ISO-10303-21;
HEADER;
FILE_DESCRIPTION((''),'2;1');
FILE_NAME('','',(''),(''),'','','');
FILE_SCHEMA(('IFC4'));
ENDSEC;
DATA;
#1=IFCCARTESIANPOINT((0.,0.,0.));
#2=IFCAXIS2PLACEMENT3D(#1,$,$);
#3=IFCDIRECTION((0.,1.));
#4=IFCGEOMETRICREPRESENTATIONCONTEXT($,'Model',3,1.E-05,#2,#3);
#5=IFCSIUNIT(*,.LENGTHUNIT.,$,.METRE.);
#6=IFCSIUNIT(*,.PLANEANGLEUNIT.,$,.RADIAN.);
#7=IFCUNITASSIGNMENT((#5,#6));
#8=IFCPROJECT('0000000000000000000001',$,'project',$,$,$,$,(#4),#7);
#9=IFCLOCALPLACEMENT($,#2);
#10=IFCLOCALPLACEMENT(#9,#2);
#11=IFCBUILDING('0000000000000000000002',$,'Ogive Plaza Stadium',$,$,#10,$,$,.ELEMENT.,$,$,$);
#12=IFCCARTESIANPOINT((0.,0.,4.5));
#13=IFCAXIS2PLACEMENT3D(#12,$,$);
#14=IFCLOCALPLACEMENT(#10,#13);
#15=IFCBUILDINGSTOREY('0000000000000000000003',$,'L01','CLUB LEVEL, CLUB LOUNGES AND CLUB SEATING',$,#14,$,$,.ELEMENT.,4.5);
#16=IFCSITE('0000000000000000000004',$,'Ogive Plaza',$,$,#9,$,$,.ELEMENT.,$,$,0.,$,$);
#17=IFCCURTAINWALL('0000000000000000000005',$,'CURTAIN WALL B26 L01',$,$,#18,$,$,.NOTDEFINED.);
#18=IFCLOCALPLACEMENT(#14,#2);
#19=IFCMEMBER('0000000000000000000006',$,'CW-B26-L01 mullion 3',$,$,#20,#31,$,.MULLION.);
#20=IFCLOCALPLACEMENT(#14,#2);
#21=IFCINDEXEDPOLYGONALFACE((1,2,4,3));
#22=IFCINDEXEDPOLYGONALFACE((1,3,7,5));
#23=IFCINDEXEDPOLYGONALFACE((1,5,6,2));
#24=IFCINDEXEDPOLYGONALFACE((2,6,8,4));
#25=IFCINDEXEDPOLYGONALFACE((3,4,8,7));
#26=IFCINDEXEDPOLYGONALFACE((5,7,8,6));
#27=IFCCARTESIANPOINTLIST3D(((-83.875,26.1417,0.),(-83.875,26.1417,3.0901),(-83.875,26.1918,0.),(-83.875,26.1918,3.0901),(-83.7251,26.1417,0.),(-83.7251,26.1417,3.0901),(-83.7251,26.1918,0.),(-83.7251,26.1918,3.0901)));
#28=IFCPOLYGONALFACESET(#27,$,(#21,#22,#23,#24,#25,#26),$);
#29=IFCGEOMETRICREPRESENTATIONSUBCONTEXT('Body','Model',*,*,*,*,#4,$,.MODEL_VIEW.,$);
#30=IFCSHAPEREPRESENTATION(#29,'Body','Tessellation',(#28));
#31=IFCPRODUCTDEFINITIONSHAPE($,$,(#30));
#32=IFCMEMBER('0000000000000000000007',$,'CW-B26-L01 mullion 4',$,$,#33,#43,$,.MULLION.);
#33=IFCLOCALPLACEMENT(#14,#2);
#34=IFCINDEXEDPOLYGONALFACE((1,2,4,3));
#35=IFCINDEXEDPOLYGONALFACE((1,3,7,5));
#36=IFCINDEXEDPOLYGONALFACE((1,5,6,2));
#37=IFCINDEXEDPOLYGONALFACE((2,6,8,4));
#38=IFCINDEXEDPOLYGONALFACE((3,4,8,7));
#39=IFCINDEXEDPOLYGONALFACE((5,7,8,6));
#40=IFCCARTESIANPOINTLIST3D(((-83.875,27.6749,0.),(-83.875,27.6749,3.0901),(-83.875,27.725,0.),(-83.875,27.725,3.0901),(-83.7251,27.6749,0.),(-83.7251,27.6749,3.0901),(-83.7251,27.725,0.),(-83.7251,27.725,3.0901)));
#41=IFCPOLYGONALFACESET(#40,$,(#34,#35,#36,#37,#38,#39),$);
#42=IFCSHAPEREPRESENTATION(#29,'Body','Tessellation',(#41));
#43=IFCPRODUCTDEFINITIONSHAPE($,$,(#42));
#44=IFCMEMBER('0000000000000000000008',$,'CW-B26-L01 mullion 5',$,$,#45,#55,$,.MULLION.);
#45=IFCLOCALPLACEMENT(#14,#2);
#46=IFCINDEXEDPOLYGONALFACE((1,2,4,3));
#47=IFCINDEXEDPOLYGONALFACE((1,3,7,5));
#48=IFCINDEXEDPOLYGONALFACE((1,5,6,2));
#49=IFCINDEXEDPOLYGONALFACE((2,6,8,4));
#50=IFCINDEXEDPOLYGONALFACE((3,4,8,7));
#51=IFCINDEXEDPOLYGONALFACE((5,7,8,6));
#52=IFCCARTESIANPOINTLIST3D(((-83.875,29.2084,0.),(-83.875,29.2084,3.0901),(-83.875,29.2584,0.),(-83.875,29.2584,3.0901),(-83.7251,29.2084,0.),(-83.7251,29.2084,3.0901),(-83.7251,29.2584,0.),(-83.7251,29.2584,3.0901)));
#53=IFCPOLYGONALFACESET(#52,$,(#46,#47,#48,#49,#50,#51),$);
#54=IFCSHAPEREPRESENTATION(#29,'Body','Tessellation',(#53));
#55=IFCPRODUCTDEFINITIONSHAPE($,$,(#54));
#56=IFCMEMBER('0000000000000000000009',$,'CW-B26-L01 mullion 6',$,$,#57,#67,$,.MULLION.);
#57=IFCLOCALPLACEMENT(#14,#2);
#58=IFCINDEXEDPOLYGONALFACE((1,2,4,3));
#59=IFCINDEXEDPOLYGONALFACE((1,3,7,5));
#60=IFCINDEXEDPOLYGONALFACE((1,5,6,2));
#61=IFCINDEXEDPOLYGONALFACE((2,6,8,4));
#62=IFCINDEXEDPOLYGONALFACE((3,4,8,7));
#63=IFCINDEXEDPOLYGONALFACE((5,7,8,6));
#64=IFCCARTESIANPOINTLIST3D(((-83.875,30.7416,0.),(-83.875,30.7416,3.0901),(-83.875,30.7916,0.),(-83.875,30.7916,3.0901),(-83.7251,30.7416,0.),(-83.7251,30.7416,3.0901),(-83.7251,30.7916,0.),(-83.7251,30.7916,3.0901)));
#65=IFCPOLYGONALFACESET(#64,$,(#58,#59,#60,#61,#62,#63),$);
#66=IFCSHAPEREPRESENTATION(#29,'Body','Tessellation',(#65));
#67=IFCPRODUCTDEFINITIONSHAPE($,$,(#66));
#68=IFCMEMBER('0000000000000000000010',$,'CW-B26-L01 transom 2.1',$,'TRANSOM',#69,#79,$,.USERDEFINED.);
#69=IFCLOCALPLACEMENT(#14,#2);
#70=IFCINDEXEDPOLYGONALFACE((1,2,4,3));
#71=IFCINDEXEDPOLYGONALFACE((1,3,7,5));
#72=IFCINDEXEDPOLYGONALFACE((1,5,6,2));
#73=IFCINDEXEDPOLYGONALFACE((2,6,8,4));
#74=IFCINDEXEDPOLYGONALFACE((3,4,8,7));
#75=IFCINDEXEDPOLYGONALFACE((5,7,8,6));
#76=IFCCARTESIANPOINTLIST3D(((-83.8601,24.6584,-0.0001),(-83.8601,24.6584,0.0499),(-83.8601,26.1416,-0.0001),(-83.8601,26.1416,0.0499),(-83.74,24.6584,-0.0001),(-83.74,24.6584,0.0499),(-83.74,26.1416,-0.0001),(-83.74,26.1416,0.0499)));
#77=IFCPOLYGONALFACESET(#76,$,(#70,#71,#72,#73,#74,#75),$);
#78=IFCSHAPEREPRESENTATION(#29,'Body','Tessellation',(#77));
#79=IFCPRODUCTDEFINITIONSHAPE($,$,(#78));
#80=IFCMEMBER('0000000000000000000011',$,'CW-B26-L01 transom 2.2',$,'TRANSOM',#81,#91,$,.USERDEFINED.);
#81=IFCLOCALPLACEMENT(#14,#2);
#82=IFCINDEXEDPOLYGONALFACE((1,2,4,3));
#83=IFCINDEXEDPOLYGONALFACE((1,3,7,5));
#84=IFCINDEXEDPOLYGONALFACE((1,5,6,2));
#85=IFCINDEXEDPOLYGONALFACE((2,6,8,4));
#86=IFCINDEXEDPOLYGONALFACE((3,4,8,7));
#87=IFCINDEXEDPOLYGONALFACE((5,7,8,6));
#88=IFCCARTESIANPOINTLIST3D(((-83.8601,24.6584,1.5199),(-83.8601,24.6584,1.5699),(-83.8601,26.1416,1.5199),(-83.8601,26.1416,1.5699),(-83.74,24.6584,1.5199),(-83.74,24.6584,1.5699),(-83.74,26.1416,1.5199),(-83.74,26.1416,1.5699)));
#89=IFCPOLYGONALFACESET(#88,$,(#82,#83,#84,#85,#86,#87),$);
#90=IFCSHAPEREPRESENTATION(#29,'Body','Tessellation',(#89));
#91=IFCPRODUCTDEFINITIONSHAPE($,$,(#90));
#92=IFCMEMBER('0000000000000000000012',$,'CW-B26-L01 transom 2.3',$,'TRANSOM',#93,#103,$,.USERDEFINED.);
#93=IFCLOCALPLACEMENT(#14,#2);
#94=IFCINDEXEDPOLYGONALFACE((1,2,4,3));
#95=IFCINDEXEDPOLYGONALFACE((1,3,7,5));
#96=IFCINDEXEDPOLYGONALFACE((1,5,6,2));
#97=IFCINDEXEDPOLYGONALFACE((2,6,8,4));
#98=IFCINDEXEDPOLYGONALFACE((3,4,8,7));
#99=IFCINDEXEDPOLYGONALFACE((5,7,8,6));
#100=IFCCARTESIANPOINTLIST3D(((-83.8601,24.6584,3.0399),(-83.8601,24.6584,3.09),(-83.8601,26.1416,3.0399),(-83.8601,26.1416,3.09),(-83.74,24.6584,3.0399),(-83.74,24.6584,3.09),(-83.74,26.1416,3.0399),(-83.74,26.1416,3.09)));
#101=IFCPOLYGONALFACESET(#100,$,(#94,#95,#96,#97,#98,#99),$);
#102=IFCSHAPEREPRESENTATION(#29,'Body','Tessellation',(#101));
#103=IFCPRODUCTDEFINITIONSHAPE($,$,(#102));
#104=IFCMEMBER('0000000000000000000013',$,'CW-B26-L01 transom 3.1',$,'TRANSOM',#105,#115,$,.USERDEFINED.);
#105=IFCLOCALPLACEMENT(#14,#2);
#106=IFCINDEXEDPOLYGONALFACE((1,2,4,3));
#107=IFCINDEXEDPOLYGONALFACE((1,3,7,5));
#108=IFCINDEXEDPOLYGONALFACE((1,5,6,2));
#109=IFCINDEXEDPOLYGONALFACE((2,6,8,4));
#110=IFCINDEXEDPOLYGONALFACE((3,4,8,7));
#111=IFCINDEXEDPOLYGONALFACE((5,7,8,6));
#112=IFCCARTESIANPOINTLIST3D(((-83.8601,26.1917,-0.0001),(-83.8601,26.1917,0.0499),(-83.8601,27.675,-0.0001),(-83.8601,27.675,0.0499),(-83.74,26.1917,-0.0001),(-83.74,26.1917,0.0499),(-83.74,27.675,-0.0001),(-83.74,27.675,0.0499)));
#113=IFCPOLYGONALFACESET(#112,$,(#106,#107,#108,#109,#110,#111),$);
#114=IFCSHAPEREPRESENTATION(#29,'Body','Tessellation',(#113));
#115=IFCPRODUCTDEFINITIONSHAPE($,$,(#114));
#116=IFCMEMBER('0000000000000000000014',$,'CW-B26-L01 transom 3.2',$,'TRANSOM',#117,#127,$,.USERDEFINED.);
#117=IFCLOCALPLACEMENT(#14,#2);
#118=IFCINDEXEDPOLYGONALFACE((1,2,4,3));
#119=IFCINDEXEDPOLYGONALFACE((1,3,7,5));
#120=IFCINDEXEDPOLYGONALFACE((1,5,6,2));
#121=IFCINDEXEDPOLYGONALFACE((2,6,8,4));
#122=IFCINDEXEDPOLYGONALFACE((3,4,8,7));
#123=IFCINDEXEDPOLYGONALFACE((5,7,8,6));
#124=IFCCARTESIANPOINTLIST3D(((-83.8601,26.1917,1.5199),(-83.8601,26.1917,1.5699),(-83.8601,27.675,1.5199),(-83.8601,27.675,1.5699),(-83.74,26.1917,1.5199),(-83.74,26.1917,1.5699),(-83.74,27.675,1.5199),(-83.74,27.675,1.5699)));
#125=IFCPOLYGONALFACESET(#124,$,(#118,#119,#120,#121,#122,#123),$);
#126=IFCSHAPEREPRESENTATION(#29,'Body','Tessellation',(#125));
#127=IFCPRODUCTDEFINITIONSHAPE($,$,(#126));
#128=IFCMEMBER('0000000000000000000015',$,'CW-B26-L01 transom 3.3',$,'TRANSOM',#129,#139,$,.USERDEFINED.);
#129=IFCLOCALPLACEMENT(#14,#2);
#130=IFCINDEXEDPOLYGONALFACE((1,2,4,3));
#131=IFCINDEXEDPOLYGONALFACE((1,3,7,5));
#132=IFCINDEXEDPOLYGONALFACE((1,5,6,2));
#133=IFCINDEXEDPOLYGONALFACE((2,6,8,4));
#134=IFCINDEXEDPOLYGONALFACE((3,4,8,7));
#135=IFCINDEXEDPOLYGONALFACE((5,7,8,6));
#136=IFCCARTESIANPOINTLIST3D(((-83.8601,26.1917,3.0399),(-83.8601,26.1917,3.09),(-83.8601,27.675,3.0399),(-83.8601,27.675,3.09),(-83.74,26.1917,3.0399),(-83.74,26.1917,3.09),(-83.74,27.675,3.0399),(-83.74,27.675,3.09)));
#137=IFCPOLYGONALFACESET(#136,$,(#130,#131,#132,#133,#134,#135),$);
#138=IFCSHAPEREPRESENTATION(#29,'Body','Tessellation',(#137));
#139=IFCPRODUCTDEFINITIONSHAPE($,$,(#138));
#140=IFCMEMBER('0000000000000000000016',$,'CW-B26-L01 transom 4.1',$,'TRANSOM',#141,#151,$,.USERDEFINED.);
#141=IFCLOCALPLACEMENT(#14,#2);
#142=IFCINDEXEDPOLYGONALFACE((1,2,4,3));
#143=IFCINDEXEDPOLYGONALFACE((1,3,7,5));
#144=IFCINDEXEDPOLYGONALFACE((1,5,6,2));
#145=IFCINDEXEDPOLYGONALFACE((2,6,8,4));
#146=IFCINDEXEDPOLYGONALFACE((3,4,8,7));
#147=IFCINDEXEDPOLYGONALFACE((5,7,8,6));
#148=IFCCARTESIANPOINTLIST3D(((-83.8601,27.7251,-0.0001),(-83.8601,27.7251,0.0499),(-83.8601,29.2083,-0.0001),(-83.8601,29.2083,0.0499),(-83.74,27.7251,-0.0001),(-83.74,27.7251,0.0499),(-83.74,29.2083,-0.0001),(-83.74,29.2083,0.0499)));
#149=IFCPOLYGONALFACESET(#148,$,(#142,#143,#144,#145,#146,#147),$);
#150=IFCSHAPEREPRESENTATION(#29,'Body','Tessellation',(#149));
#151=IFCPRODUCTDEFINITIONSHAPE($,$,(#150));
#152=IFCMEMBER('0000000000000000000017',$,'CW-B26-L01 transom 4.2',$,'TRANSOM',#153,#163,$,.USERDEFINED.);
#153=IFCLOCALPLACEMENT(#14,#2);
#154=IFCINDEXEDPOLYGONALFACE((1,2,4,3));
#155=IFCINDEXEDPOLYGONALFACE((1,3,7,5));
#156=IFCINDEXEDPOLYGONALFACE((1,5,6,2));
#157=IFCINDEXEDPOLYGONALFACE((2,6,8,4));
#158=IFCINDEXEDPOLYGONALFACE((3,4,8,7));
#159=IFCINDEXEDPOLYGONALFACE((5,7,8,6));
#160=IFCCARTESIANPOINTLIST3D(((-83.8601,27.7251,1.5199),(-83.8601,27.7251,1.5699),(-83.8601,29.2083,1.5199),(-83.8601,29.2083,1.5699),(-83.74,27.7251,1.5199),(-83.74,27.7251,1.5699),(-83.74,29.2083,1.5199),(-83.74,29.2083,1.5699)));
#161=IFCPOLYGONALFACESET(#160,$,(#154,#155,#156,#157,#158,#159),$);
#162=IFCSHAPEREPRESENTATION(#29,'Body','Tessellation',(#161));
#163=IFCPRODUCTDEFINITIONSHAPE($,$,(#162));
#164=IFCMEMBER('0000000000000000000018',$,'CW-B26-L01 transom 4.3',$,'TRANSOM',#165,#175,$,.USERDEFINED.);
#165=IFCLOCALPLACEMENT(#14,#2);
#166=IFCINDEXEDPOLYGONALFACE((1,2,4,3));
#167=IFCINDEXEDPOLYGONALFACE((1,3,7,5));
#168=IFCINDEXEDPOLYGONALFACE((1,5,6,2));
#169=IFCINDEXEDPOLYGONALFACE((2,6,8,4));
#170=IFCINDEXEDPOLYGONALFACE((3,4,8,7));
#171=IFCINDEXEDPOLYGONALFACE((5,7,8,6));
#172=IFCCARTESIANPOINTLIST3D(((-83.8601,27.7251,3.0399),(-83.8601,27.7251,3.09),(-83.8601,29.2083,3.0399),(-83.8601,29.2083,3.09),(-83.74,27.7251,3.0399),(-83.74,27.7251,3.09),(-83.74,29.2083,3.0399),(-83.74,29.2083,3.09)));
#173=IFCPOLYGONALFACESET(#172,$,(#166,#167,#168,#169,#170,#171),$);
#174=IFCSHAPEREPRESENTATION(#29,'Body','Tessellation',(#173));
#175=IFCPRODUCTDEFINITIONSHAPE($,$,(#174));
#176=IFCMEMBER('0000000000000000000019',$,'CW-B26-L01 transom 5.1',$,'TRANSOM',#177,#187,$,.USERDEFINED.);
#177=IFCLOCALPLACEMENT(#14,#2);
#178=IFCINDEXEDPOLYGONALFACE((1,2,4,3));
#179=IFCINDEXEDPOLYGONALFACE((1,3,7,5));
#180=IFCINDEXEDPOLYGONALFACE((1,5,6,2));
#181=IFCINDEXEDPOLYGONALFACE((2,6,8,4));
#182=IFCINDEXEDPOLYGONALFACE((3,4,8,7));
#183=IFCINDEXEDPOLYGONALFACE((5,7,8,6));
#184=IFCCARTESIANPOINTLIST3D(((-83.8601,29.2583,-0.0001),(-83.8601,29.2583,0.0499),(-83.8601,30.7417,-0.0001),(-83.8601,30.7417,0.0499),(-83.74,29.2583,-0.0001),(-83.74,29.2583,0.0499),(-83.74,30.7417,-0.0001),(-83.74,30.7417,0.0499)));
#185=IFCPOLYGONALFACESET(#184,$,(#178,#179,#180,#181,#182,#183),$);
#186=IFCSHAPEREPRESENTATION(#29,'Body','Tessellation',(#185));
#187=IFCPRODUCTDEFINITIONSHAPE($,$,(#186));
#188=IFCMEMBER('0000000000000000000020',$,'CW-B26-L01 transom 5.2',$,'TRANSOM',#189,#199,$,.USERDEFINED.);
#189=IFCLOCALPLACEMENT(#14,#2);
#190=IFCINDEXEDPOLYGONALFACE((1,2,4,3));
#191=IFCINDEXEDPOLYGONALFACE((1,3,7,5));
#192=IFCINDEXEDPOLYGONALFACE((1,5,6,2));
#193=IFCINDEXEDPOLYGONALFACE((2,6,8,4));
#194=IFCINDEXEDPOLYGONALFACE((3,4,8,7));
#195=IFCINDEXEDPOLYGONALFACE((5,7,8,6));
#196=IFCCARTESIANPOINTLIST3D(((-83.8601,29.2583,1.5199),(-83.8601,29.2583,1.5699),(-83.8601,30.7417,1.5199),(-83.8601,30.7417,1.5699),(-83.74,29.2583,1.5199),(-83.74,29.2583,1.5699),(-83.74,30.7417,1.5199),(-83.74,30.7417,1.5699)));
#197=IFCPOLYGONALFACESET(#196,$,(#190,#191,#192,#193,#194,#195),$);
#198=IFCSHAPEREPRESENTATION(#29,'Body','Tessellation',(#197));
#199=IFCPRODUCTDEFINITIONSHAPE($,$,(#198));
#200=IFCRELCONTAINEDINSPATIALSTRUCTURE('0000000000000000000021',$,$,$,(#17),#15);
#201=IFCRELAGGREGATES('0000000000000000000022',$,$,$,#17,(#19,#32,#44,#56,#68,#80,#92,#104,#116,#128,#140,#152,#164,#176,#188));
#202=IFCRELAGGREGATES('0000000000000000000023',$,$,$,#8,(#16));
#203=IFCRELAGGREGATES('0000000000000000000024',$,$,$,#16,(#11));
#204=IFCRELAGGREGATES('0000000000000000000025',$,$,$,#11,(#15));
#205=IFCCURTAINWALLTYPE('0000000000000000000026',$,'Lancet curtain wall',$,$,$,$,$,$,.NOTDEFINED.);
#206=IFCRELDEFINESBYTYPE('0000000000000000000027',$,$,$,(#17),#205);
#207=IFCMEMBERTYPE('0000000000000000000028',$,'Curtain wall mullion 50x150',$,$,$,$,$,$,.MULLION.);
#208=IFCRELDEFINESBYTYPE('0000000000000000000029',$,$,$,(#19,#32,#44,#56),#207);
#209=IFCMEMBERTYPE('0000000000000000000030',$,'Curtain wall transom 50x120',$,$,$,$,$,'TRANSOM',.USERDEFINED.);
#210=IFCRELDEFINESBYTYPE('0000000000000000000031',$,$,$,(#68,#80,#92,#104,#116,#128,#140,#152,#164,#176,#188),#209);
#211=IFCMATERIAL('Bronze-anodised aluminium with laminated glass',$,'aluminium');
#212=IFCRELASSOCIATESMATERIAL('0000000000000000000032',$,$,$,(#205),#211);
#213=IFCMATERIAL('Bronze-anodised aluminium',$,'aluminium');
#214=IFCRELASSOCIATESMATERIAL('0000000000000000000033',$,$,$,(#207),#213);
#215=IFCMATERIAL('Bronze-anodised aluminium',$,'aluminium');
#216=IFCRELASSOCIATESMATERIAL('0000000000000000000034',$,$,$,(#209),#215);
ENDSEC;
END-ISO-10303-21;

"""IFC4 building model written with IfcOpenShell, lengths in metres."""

from ifc_helpers import new_model, si_unit, direction, frame, origin, origin_2d, place, context, subcontext, project, spatial, rectangle, extrude, material, material_profile, profile_set, type_object, element, aggregate, save


model = new_model("IFC4")

# Units and contexts
model_context = context("Model", 3, precision=1e-05, world=origin(), true_north=direction((0.0, 1.0)))
body_context = subcontext(model_context, "Body", "Model", "MODEL_VIEW")
ifc_project = project(units=[si_unit("LENGTHUNIT", "METRE"), si_unit("PLANEANGLEUNIT", "RADIAN")], contexts=[model_context])

# Site, building, storey
site_placement = place(None, origin())
site = spatial("IfcSite", under=ifc_project, at=site_placement, Name="Ogive Plaza", CompositionType="ELEMENT", RefElevation=0.0)
building_placement = place(site_placement, origin())
building = spatial("IfcBuilding", under=site, at=building_placement, Name="Ogive Plaza Stadium", CompositionType="ELEMENT")
storey_placement = place(building_placement, frame((0.0, 0.0, 4.5)))
storey = spatial("IfcBuildingStorey", under=building, at=storey_placement, Name="L01", Description="CLUB LEVEL, CLUB LOUNGES AND CLUB SEATING", CompositionType="ELEMENT", Elevation=4.5)

# Curtain wall, members
ifc_material_1 = material(Name="Bronze-anodised aluminium with laminated glass", Category="aluminium")
curtain_wall_type = type_object("IfcCurtainWallType", Name="Lancet curtain wall", PredefinedType="NOTDEFINED", material=ifc_material_1)
curtain_wall_placement = place(storey_placement, origin())
curtain_wall = element("IfcCurtainWall", 1, at=curtain_wall_placement, inside=storey, type_object=curtain_wall_type, Name="CURTAIN WALL B26 L01", PredefinedType="NOTDEFINED")
ifc_material_2 = material(Name="Bronze-anodised aluminium", Category="aluminium")
ifc_material_profile_1 = material_profile(ifc_material_2, rectangle(XDim=0.1499, YDim=0.05, at=origin_2d()), Name="AL 150x50")
ifc_profile_set_1 = profile_set([ifc_material_profile_1], Name="Bronze-anodised aluminium")
member_type_1 = type_object("IfcMemberType", Name="Curtain wall mullion 50x150", PredefinedType="MULLION", material=ifc_profile_set_1)
member_1_placement = place(storey_placement, frame((-83.8, 26.1667, 0.0), z_axis=(0.0, 0.0, 1.0), x_axis=(-1.0, 0.0, 0.0)))
member_1 = element("IfcMember", 2, at=member_1_placement, type_object=member_type_1, Name="CW-B26-L01 mullion 3", PredefinedType="MULLION", context=body_context, shape_type="SweptSolid", body=[
    extrude(rectangle(XDim=0.1499, YDim=0.05, at=origin_2d()), origin(), (0.0, 0.0, 1.0), 3.0901),
])
member_2_placement = place(storey_placement, frame((-83.8, 27.7, 0.0), z_axis=(0.0, 0.0, 1.0), x_axis=(-1.0, 0.0, 0.0)))
member_2 = element("IfcMember", 3, at=member_2_placement, type_object=member_type_1, Name="CW-B26-L01 mullion 4", PredefinedType="MULLION", context=body_context, shape_type="SweptSolid", body=[
    extrude(rectangle(XDim=0.1499, YDim=0.05, at=origin_2d()), origin(), (0.0, 0.0, 1.0), 3.0901),
])
member_3_placement = place(storey_placement, frame((-83.8, 29.2334, 0.0), z_axis=(0.0, 0.0, 1.0), x_axis=(-1.0, 0.0, 0.0)))
member_3 = element("IfcMember", 4, at=member_3_placement, type_object=member_type_1, Name="CW-B26-L01 mullion 5", PredefinedType="MULLION", context=body_context, shape_type="SweptSolid", body=[
    extrude(rectangle(XDim=0.1499, YDim=0.05, at=origin_2d()), origin(), (0.0, 0.0, 1.0), 3.0901),
])
member_4_placement = place(storey_placement, frame((-83.8, 30.7666, 0.0), z_axis=(0.0, 0.0, 1.0), x_axis=(-1.0, 0.0, 0.0)))
member_4 = element("IfcMember", 5, at=member_4_placement, type_object=member_type_1, Name="CW-B26-L01 mullion 6", PredefinedType="MULLION", context=body_context, shape_type="SweptSolid", body=[
    extrude(rectangle(XDim=0.1499, YDim=0.05, at=origin_2d()), origin(), (0.0, 0.0, 1.0), 3.0901),
])
ifc_material_3 = material(Name="Bronze-anodised aluminium", Category="aluminium")
ifc_material_profile_2 = material_profile(ifc_material_3, rectangle(XDim=0.1201, YDim=0.05, at=origin_2d()), Name="AL 120x50")
ifc_profile_set_2 = profile_set([ifc_material_profile_2], Name="Bronze-anodised aluminium")
member_type_2 = type_object("IfcMemberType", Name="Curtain wall transom 50x120", ElementType="TRANSOM", PredefinedType="USERDEFINED", material=ifc_profile_set_2)
member_5_placement = place(storey_placement, frame((-83.8, 24.6584, 0.0249), z_axis=(0.0, 1.0, 0.0), x_axis=(-1.0, 0.0, 0.0)))
member_5 = element("IfcMember", 6, at=member_5_placement, type_object=member_type_2, Name="CW-B26-L01 transom 2.1", ObjectType="TRANSOM", PredefinedType="USERDEFINED", context=body_context, shape_type="SweptSolid", body=[
    extrude(rectangle(XDim=0.1201, YDim=0.05, at=origin_2d()), origin(), (0.0, 0.0, 1.0), 1.4832),
])
member_6_placement = place(storey_placement, frame((-83.8, 24.6584, 1.5449), z_axis=(0.0, 1.0, 0.0), x_axis=(-1.0, 0.0, 0.0)))
member_6 = element("IfcMember", 7, at=member_6_placement, type_object=member_type_2, Name="CW-B26-L01 transom 2.2", ObjectType="TRANSOM", PredefinedType="USERDEFINED", context=body_context, shape_type="SweptSolid", body=[
    extrude(rectangle(XDim=0.1201, YDim=0.05, at=origin_2d()), origin(), (0.0, 0.0, 1.0), 1.4832),
])
member_7_placement = place(storey_placement, frame((-83.8, 24.6584, 3.0649), z_axis=(0.0, 1.0, 0.0), x_axis=(-1.0, 0.0, 0.0)))
member_7 = element("IfcMember", 8, at=member_7_placement, type_object=member_type_2, Name="CW-B26-L01 transom 2.3", ObjectType="TRANSOM", PredefinedType="USERDEFINED", context=body_context, shape_type="SweptSolid", body=[
    extrude(rectangle(XDim=0.1201, YDim=0.05, at=origin_2d()), origin(), (0.0, 0.0, 1.0), 1.4832),
])
member_8_placement = place(storey_placement, frame((-83.8, 26.1917, 0.0249), z_axis=(0.0, 1.0, 0.0), x_axis=(-1.0, 0.0, 0.0)))
member_8 = element("IfcMember", 9, at=member_8_placement, type_object=member_type_2, Name="CW-B26-L01 transom 3.1", ObjectType="TRANSOM", PredefinedType="USERDEFINED", context=body_context, shape_type="SweptSolid", body=[
    extrude(rectangle(XDim=0.1201, YDim=0.05, at=origin_2d()), origin(), (0.0, 0.0, 1.0), 1.4834),
])
member_9_placement = place(storey_placement, frame((-83.8, 26.1917, 1.5449), z_axis=(0.0, 1.0, 0.0), x_axis=(-1.0, 0.0, 0.0)))
member_9 = element("IfcMember", 10, at=member_9_placement, type_object=member_type_2, Name="CW-B26-L01 transom 3.2", ObjectType="TRANSOM", PredefinedType="USERDEFINED", context=body_context, shape_type="SweptSolid", body=[
    extrude(rectangle(XDim=0.1201, YDim=0.05, at=origin_2d()), origin(), (0.0, 0.0, 1.0), 1.4834),
])
member_10_placement = place(storey_placement, frame((-83.8, 26.1917, 3.0649), z_axis=(0.0, 1.0, 0.0), x_axis=(-1.0, 0.0, 0.0)))
member_10 = element("IfcMember", 11, at=member_10_placement, type_object=member_type_2, Name="CW-B26-L01 transom 3.3", ObjectType="TRANSOM", PredefinedType="USERDEFINED", context=body_context, shape_type="SweptSolid", body=[
    extrude(rectangle(XDim=0.1201, YDim=0.05, at=origin_2d()), origin(), (0.0, 0.0, 1.0), 1.4834),
])
member_11_placement = place(storey_placement, frame((-83.8, 27.7251, 0.0249), z_axis=(0.0, 1.0, 0.0), x_axis=(-1.0, 0.0, 0.0)))
member_11 = element("IfcMember", 12, at=member_11_placement, type_object=member_type_2, Name="CW-B26-L01 transom 4.1", ObjectType="TRANSOM", PredefinedType="USERDEFINED", context=body_context, shape_type="SweptSolid", body=[
    extrude(rectangle(XDim=0.1201, YDim=0.05, at=origin_2d()), origin(), (0.0, 0.0, 1.0), 1.4832),
])
member_12_placement = place(storey_placement, frame((-83.8, 27.7251, 1.5449), z_axis=(0.0, 1.0, 0.0), x_axis=(-1.0, 0.0, 0.0)))
member_12 = element("IfcMember", 13, at=member_12_placement, type_object=member_type_2, Name="CW-B26-L01 transom 4.2", ObjectType="TRANSOM", PredefinedType="USERDEFINED", context=body_context, shape_type="SweptSolid", body=[
    extrude(rectangle(XDim=0.1201, YDim=0.05, at=origin_2d()), origin(), (0.0, 0.0, 1.0), 1.4832),
])
member_13_placement = place(storey_placement, frame((-83.8, 27.7251, 3.0649), z_axis=(0.0, 1.0, 0.0), x_axis=(-1.0, 0.0, 0.0)))
member_13 = element("IfcMember", 14, at=member_13_placement, type_object=member_type_2, Name="CW-B26-L01 transom 4.3", ObjectType="TRANSOM", PredefinedType="USERDEFINED", context=body_context, shape_type="SweptSolid", body=[
    extrude(rectangle(XDim=0.1201, YDim=0.05, at=origin_2d()), origin(), (0.0, 0.0, 1.0), 1.4832),
])
member_14_placement = place(storey_placement, frame((-83.8, 29.2583, 0.0249), z_axis=(0.0, 1.0, 0.0), x_axis=(-1.0, 0.0, 0.0)))
member_14 = element("IfcMember", 15, at=member_14_placement, type_object=member_type_2, Name="CW-B26-L01 transom 5.1", ObjectType="TRANSOM", PredefinedType="USERDEFINED", context=body_context, shape_type="SweptSolid", body=[
    extrude(rectangle(XDim=0.1201, YDim=0.05, at=origin_2d()), origin(), (0.0, 0.0, 1.0), 1.4834),
])
member_15_placement = place(storey_placement, frame((-83.8, 29.2583, 1.5449), z_axis=(0.0, 1.0, 0.0), x_axis=(-1.0, 0.0, 0.0)))
member_15 = element("IfcMember", 16, at=member_15_placement, type_object=member_type_2, Name="CW-B26-L01 transom 5.2", ObjectType="TRANSOM", PredefinedType="USERDEFINED", context=body_context, shape_type="SweptSolid", body=[
    extrude(rectangle(XDim=0.1201, YDim=0.05, at=origin_2d()), origin(), (0.0, 0.0, 1.0), 1.4834),
])
aggregate(curtain_wall, [member_1, member_2, member_3, member_4, member_5, member_6, member_7, member_8, member_9, member_10, member_11, member_12, member_13, member_14, member_15])

save(model, "model.ifc")
